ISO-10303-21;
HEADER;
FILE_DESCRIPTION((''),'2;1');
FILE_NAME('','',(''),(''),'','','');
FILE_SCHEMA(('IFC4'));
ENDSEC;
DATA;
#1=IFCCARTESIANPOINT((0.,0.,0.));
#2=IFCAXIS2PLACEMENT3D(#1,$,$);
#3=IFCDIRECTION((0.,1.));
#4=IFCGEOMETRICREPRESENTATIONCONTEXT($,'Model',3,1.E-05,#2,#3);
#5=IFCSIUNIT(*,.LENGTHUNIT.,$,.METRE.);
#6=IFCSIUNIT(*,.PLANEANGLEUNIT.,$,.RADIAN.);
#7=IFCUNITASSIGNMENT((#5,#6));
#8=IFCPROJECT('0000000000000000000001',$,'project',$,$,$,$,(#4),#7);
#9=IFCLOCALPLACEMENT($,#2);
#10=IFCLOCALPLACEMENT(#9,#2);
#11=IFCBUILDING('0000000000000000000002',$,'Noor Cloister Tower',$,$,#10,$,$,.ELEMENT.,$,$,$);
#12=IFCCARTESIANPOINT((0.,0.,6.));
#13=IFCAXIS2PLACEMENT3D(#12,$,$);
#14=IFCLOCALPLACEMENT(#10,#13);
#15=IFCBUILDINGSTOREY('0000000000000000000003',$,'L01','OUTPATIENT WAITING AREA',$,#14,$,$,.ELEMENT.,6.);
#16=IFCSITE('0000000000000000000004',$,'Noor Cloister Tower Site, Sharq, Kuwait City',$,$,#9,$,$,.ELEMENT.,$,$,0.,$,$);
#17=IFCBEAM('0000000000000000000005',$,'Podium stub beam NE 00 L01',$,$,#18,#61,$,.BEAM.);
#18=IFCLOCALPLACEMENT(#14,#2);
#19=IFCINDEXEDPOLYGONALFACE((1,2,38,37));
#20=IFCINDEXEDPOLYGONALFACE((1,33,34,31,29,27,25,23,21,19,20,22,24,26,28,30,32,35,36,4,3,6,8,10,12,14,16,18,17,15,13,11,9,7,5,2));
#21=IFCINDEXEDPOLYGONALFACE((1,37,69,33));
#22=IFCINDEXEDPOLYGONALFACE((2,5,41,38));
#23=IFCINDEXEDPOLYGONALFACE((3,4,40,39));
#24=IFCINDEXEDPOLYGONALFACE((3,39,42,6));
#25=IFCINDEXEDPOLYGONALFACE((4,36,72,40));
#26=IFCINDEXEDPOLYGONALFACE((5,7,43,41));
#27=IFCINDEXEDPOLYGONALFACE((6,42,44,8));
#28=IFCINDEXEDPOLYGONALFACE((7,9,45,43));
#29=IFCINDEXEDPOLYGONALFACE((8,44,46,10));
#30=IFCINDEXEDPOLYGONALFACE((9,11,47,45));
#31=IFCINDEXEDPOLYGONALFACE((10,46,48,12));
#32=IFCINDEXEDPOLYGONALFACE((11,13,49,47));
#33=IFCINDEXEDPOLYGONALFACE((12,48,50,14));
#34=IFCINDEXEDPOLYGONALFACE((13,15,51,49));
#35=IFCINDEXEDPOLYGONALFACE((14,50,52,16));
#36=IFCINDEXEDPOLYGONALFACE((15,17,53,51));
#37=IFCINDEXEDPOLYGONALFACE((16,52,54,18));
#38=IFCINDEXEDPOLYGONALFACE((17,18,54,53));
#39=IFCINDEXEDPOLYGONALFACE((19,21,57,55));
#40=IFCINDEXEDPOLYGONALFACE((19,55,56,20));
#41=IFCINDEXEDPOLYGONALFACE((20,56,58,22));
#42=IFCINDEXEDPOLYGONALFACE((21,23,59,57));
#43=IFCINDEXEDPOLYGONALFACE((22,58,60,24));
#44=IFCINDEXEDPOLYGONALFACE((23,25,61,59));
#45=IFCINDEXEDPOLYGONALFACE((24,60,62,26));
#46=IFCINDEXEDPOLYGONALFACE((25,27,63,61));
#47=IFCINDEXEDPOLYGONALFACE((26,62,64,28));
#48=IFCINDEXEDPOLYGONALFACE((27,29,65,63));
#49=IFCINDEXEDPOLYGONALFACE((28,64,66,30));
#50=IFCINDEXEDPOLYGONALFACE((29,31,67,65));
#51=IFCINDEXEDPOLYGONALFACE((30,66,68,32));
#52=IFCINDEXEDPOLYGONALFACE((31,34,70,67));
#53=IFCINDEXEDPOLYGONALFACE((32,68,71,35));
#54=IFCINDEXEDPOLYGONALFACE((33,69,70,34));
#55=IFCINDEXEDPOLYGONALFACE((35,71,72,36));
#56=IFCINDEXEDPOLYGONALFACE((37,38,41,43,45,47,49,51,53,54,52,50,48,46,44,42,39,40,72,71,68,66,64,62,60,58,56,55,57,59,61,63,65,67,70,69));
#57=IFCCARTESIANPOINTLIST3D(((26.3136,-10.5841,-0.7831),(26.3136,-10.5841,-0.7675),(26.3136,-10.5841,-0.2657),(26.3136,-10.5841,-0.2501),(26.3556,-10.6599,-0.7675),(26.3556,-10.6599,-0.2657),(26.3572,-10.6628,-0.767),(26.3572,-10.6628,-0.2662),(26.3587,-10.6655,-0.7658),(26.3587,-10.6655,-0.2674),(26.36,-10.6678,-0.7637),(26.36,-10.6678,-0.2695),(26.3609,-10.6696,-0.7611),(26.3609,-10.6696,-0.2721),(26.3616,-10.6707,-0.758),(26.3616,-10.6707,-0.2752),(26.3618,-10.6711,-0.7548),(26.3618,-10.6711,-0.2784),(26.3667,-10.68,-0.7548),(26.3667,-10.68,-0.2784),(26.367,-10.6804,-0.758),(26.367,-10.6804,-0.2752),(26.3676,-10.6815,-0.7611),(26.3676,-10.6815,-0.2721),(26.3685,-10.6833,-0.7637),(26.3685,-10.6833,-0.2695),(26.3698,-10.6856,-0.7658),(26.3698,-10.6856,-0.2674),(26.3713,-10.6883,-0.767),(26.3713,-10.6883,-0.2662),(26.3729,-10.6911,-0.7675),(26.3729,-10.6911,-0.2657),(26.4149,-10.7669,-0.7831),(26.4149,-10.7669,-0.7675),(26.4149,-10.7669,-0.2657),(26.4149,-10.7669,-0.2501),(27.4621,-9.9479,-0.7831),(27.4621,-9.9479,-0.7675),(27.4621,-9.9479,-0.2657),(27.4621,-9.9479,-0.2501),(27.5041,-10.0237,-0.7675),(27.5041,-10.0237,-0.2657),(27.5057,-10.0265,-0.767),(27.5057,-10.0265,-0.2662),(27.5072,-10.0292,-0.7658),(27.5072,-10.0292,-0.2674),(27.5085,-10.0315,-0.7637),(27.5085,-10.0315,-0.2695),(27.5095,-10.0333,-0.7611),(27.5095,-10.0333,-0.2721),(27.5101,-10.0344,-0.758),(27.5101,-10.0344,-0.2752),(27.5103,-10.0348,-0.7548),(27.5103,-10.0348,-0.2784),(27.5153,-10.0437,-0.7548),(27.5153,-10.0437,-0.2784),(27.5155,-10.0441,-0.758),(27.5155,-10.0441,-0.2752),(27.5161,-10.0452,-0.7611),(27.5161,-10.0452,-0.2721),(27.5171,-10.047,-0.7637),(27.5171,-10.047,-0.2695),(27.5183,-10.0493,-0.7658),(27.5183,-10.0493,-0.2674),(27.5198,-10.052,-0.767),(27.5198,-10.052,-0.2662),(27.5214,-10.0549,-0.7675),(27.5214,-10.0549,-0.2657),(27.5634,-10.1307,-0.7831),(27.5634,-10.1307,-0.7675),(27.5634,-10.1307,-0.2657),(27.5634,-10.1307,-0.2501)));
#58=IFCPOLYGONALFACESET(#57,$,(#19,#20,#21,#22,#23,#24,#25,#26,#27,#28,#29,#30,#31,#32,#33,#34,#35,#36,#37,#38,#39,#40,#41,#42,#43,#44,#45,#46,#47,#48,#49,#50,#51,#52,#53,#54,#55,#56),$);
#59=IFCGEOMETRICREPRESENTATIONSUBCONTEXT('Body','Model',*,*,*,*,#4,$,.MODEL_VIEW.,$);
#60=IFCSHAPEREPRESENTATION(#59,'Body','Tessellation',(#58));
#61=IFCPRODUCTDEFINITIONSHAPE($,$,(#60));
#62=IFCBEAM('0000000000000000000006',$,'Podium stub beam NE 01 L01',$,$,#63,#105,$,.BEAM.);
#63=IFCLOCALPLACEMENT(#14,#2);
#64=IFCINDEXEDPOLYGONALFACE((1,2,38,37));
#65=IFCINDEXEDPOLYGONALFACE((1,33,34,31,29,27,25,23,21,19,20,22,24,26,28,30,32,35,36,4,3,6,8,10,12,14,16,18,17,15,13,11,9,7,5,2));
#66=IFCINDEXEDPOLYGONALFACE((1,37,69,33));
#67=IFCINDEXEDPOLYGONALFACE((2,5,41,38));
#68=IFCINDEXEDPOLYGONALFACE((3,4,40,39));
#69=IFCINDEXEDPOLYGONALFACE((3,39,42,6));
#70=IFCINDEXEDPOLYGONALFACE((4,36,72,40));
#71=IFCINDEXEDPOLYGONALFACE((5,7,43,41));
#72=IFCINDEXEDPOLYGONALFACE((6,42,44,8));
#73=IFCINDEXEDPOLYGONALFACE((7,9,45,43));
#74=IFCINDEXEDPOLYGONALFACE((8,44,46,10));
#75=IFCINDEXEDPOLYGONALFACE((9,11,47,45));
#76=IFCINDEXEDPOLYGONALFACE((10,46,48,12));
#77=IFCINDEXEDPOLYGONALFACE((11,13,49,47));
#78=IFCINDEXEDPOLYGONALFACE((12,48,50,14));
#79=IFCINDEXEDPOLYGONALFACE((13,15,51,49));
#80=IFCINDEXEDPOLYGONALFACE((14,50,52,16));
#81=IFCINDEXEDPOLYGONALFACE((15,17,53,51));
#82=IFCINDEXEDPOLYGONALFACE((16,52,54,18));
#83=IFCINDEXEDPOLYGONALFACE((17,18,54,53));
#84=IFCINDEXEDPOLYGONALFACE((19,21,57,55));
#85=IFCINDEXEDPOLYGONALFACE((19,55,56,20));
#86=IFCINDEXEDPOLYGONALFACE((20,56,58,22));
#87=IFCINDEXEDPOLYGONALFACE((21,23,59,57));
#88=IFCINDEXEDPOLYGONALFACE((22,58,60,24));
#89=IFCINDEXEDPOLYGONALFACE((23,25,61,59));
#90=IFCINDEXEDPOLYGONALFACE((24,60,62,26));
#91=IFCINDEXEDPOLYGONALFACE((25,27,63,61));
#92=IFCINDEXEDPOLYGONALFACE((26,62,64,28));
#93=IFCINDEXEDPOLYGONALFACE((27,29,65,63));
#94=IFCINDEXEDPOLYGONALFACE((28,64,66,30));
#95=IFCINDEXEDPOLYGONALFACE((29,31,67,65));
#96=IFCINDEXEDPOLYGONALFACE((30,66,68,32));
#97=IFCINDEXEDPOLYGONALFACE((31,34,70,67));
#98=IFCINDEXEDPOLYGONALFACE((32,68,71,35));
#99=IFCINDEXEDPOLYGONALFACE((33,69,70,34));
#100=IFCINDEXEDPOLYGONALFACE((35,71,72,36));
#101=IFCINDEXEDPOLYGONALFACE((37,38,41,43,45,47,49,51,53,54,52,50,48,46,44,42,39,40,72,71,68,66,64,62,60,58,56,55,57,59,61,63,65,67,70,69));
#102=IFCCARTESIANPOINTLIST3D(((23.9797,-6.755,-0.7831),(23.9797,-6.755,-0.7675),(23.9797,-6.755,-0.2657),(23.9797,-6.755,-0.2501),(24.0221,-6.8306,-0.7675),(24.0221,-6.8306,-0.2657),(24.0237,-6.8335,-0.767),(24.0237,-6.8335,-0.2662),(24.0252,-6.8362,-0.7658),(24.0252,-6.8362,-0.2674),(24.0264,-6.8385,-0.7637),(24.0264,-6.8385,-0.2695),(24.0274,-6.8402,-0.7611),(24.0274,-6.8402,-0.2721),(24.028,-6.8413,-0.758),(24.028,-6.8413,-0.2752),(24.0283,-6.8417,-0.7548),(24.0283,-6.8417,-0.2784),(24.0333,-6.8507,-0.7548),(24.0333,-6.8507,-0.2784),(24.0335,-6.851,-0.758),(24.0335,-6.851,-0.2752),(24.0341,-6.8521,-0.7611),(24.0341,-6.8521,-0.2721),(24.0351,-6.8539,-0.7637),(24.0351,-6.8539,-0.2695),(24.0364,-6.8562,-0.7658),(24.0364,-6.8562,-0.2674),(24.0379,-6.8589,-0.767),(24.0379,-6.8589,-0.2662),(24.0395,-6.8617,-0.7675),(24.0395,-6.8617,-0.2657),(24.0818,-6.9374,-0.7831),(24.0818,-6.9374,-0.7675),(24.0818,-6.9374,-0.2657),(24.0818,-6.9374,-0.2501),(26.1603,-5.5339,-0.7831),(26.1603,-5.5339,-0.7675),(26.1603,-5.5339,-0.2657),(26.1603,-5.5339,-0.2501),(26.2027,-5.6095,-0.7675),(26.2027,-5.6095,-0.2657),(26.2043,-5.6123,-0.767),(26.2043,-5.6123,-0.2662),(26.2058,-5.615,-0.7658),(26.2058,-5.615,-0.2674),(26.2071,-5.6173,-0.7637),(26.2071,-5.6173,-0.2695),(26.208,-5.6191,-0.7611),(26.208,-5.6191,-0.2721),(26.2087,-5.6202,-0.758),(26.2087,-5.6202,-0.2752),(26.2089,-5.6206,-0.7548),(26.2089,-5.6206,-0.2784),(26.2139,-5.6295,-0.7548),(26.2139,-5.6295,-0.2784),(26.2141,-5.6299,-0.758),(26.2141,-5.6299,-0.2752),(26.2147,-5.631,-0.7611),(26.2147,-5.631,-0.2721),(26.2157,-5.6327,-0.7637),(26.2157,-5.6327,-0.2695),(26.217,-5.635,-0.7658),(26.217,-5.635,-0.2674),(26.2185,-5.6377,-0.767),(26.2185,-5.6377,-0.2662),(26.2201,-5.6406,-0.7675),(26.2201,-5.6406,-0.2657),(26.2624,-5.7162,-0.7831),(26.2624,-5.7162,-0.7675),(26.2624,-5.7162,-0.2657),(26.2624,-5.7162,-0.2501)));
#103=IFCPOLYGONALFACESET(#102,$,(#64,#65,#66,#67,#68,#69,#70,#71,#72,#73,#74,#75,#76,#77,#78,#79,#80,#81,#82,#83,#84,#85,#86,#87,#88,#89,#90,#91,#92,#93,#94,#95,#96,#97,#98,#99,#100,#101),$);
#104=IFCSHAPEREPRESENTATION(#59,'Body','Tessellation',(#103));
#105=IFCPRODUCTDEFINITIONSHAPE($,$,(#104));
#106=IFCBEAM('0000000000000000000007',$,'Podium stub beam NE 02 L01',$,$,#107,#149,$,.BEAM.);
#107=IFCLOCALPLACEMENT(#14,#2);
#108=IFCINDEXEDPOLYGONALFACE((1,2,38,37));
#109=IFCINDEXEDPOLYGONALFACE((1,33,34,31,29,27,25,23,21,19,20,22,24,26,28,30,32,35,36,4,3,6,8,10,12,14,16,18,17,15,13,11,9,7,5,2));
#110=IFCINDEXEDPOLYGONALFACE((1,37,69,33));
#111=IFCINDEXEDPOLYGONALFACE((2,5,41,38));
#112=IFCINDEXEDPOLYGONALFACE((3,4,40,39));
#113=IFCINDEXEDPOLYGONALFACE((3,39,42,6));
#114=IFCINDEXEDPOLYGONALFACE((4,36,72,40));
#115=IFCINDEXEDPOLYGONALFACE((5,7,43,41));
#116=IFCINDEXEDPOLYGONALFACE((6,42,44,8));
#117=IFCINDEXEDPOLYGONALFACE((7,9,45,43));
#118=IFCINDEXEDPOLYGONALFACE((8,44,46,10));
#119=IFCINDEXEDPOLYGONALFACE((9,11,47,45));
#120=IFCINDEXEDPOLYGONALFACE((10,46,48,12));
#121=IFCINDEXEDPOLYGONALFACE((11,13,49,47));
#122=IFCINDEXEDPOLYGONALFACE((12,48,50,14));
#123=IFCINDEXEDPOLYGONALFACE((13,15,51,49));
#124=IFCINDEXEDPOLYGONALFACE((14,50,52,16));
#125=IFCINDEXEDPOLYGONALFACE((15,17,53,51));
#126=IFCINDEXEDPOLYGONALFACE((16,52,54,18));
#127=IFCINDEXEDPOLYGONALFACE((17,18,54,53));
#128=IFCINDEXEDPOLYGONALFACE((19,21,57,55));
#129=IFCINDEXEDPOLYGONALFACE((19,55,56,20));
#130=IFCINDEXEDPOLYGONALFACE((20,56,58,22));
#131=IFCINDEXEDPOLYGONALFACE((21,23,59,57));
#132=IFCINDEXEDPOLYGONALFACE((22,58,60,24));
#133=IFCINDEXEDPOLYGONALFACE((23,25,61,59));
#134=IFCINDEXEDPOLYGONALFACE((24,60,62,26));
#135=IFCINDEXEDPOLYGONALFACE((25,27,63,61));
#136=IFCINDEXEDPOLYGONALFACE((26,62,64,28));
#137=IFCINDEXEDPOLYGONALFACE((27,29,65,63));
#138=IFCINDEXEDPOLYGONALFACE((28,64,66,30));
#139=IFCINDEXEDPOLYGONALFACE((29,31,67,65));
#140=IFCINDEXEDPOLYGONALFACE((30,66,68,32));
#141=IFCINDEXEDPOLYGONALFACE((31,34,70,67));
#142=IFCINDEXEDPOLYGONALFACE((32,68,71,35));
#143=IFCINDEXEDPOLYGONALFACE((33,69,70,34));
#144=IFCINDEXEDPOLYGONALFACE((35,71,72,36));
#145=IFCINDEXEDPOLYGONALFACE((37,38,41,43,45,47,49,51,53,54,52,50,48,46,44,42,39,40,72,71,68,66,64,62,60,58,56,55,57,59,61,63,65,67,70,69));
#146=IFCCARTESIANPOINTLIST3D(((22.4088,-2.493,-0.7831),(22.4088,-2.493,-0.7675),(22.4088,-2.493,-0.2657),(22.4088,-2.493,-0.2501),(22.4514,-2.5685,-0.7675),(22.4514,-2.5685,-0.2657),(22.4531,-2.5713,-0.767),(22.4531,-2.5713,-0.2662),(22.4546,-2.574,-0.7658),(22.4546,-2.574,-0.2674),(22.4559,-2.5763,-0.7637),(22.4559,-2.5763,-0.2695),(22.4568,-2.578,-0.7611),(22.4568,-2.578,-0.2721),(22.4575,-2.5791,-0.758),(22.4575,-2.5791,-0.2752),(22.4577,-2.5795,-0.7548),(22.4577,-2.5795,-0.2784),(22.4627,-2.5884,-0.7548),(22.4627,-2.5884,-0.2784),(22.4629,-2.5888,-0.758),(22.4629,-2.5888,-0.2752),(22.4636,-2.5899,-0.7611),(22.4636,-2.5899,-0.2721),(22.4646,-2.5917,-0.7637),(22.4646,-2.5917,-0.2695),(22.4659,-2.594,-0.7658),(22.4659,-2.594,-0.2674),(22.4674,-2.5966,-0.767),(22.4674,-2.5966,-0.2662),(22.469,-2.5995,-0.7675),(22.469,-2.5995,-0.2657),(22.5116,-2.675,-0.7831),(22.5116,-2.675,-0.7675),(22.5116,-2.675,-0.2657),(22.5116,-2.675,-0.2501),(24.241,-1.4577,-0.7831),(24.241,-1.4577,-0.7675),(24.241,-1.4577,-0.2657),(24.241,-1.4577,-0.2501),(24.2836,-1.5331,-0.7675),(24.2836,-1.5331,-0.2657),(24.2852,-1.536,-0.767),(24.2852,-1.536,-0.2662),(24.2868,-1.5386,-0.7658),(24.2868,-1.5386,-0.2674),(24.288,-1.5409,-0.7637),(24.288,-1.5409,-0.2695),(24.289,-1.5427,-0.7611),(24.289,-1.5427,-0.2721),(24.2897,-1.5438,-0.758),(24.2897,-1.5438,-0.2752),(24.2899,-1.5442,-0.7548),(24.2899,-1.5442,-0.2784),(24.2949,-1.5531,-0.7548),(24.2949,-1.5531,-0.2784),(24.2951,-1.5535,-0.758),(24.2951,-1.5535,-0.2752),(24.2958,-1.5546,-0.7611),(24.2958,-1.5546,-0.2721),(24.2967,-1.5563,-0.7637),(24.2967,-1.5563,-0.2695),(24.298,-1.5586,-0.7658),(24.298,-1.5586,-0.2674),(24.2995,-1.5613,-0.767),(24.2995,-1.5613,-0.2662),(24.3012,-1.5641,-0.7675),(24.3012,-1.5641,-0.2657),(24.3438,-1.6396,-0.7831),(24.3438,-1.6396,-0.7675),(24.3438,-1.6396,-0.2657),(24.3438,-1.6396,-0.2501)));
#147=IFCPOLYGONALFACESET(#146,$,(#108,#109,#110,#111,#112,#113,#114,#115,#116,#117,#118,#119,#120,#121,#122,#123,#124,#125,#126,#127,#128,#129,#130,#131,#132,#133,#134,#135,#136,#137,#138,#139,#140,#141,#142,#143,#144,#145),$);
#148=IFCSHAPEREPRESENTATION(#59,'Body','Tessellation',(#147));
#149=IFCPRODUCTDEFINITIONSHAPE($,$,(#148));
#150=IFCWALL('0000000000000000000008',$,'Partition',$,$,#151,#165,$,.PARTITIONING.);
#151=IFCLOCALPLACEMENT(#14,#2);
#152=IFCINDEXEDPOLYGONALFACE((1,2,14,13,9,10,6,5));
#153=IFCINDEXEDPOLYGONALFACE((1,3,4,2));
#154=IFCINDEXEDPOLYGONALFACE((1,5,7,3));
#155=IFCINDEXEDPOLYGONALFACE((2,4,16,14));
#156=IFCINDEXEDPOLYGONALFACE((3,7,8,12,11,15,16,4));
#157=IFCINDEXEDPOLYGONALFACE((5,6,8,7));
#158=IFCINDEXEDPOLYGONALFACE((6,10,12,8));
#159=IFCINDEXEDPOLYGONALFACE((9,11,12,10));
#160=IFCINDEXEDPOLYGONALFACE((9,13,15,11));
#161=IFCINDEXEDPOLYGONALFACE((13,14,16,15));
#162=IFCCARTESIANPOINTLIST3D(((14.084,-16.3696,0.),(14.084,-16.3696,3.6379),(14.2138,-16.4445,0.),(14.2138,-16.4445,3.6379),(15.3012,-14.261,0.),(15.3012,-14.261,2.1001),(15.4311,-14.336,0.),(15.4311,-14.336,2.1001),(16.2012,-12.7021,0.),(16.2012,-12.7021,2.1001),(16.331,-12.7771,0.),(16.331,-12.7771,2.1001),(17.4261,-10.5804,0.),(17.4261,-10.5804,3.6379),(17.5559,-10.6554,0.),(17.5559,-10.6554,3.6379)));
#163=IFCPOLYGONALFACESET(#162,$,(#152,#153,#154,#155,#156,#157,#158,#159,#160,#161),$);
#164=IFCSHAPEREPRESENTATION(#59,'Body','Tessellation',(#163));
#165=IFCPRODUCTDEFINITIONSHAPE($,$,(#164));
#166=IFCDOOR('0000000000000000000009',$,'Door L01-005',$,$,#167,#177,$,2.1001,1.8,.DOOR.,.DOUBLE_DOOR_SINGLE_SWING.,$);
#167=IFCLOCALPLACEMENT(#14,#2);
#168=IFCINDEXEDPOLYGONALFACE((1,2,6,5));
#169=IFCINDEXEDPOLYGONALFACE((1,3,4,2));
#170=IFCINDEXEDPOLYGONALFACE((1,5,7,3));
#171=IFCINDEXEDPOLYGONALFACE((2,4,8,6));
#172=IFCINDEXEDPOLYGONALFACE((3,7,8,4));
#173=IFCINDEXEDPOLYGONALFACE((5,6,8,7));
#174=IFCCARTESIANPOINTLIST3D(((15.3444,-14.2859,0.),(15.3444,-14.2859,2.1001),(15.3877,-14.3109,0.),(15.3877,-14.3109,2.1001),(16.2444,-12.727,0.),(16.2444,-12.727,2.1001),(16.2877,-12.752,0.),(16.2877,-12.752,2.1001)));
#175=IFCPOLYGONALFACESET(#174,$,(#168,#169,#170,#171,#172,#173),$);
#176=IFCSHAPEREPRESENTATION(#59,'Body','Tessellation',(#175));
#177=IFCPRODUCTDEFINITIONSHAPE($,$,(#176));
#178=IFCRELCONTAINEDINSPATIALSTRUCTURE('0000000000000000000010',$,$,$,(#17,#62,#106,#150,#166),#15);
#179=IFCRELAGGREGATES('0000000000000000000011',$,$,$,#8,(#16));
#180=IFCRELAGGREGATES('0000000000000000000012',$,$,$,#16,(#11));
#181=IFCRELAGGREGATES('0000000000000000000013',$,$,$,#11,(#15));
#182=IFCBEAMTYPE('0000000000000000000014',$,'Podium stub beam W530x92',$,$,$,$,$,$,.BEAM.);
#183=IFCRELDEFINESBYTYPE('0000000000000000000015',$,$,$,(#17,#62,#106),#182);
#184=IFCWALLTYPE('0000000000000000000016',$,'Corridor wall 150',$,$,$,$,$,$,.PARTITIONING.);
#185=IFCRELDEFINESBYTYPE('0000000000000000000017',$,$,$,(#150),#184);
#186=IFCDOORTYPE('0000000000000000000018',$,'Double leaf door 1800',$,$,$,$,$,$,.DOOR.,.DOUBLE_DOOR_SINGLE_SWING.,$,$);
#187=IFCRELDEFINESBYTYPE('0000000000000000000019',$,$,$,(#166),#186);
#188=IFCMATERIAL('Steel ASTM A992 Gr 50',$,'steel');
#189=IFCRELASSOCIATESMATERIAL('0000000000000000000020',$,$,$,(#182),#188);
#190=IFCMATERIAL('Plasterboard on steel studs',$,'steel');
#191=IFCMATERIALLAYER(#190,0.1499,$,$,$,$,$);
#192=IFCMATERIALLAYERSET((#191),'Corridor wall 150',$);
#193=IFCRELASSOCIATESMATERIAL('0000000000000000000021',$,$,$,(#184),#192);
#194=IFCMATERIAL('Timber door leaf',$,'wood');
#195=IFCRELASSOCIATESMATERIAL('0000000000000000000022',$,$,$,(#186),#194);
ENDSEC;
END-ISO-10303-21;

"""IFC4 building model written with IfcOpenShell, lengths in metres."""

from ifc_helpers import new_model, si_unit, direction, frame, frame_2d, origin, origin_2d, place, context, subcontext, project, spatial, rectangle, i_section, extrude, material, layer, layer_set, material_profile, profile_set, type_object, element, fill, save


model = new_model("IFC4")

# Units and contexts
model_context = context("Model", 3, precision=1e-05, world=origin(), true_north=direction((0.0, 1.0)))
body_context = subcontext(model_context, "Body", "Model", "MODEL_VIEW")
ifc_project = project(units=[si_unit("LENGTHUNIT", "METRE"), si_unit("PLANEANGLEUNIT", "RADIAN")], contexts=[model_context])

# Site, building, storey
site_placement = place(None, origin())
site = spatial("IfcSite", under=ifc_project, at=site_placement, Name="Noor Cloister Tower Site, Sharq, Kuwait City", CompositionType="ELEMENT", RefElevation=0.0)
building_placement = place(site_placement, origin())
building = spatial("IfcBuilding", under=site, at=building_placement, Name="Noor Cloister Tower", CompositionType="ELEMENT")
storey_placement = place(building_placement, frame((0.0, 0.0, 6.0)))
storey = spatial("IfcBuildingStorey", under=building, at=storey_placement, Name="L01", Description="OUTPATIENT WAITING AREA", CompositionType="ELEMENT", Elevation=6.0)

# Beams
ifc_material_1 = material(Name="Steel ASTM A992 Gr 50", Category="steel")
ifc_material_profile_1 = material_profile(ifc_material_1, i_section(OverallWidth=0.209, OverallDepth=0.533, WebThickness=0.0103, FlangeThickness=0.0156, FilletRadius=0.0127, at=origin_2d()), Name="W530x92")
ifc_profile_set_1 = profile_set([ifc_material_profile_1], Name="Steel ASTM A992 Gr 50")
beam_type_1 = type_object("IfcBeamType", Name="Podium stub beam W530x92", PredefinedType="BEAM", material=ifc_profile_set_1)
beam_1_placement = place(storey_placement, frame((26.3643, -10.6755, -0.5166), z_axis=(0.874736, 0.484601, 0.0), x_axis=(-0.484601, 0.874736, 0.0)))
element("IfcBeam", 1, at=beam_1_placement, inside=storey, type_object=beam_type_1, Name="Podium stub beam NE 00 L01", PredefinedType="BEAM", context=body_context, shape_type="SweptSolid", body=[
    extrude(i_section(OverallWidth=0.209, OverallDepth=0.533, WebThickness=0.0103, FlangeThickness=0.0156, FilletRadius=0.0127, at=origin_2d()), origin(), (0.0, 0.0, 1.0), 1.313),
])
beam_2_placement = place(storey_placement, frame((24.0308, -6.8462, -0.5166), z_axis=(0.872503, 0.488609, 0.0), x_axis=(-0.488609, 0.872503, 0.0)))
element("IfcBeam", 2, at=beam_2_placement, inside=storey, type_object=beam_type_1, Name="Podium stub beam NE 01 L01", PredefinedType="BEAM", context=body_context, shape_type="SweptSolid", body=[
    extrude(i_section(OverallWidth=0.209, OverallDepth=0.533, WebThickness=0.0103, FlangeThickness=0.0156, FilletRadius=0.0127, at=origin_2d()), origin(), (0.0, 0.0, 1.0), 2.4993),
])
beam_3_placement = place(storey_placement, frame((22.4602, -2.584, -0.5166), z_axis=(0.87061, 0.491973, 0.0), x_axis=(-0.491973, 0.87061, 0.0)))
element("IfcBeam", 3, at=beam_3_placement, inside=storey, type_object=beam_type_1, Name="Podium stub beam NE 02 L01", PredefinedType="BEAM", context=body_context, shape_type="SweptSolid", body=[
    extrude(i_section(OverallWidth=0.209, OverallDepth=0.533, WebThickness=0.0103, FlangeThickness=0.0156, FilletRadius=0.0127, at=origin_2d()), origin(), (0.0, 0.0, 1.0), 2.1045),
])

# Wall, opening, door
ifc_material_2 = material(Name="Plasterboard on steel studs", Category="steel")
ifc_layer_1 = layer(ifc_material_2, 0.1499)
ifc_layer_set_1 = layer_set([ifc_layer_1], Name="Corridor wall 150")
wall_type_1 = type_object("IfcWallType", Name="Corridor wall 150", PredefinedType="PARTITIONING", material=ifc_layer_set_1)
wall_1_placement = place(storey_placement, frame((17.491, -10.6179, 0.0), z_axis=(0.0, 0.0, 1.0), x_axis=(-0.499969, -0.866043, 0.0)))
wall_1 = element("IfcWall", 4, at=wall_1_placement, inside=storey, type_object=wall_type_1, Name="Partition", PredefinedType="PARTITIONING", context=body_context, shape_type="SweptSolid", body=[
    extrude(rectangle(XDim=6.6846, YDim=0.1499, at=frame_2d((3.3423, 0.0))), origin(), (0.0, 0.0, 1.0), 3.6379),
])
opening_1_placement = place(wall_1_placement, frame((2.45, 0.0, 0.0)))
opening_1 = element("IfcOpeningElement", 5, at=opening_1_placement, cuts=wall_1, PredefinedType="OPENING", context=body_context, shape_type="SweptSolid", body=[
    extrude(rectangle(XDim=1.8, YDim=2.1001, at=frame_2d((0.8999, 1.05))), frame((0.0, 0.085, 0.0), z_axis=(0.0, -1.0, 0.0), x_axis=(1.0, 0.0, 0.0)), (0.0, 0.0, 1.0), 0.1699),
])
ifc_material_3 = material(Name="Timber door leaf", Category="wood")
door_type_1 = type_object("IfcDoorType", Name="Double leaf door 1800", OperationType="DOUBLE_DOOR_SINGLE_SWING", PredefinedType="DOOR", material=ifc_material_3)
door_1_placement = place(opening_1_placement, origin())
door_1 = element("IfcDoor", 6, at=door_1_placement, inside=storey, type_object=door_type_1, Name="Door L01-005", OperationType="DOUBLE_DOOR_SINGLE_SWING", OverallHeight=2.1001, OverallWidth=1.8, PredefinedType="DOOR", context=body_context, shape_type="SweptSolid", body=[
    extrude(rectangle(XDim=1.8, YDim=2.1001, at=frame_2d((0.8999, 1.05))), frame((0.0, 0.0249, 0.0), z_axis=(0.0, -1.0, 0.0), x_axis=(1.0, 0.0, 0.0)), (0.0, 0.0, 1.0), 0.05),
])
fill(opening_1, door_1)

save(model, "model.ifc")
